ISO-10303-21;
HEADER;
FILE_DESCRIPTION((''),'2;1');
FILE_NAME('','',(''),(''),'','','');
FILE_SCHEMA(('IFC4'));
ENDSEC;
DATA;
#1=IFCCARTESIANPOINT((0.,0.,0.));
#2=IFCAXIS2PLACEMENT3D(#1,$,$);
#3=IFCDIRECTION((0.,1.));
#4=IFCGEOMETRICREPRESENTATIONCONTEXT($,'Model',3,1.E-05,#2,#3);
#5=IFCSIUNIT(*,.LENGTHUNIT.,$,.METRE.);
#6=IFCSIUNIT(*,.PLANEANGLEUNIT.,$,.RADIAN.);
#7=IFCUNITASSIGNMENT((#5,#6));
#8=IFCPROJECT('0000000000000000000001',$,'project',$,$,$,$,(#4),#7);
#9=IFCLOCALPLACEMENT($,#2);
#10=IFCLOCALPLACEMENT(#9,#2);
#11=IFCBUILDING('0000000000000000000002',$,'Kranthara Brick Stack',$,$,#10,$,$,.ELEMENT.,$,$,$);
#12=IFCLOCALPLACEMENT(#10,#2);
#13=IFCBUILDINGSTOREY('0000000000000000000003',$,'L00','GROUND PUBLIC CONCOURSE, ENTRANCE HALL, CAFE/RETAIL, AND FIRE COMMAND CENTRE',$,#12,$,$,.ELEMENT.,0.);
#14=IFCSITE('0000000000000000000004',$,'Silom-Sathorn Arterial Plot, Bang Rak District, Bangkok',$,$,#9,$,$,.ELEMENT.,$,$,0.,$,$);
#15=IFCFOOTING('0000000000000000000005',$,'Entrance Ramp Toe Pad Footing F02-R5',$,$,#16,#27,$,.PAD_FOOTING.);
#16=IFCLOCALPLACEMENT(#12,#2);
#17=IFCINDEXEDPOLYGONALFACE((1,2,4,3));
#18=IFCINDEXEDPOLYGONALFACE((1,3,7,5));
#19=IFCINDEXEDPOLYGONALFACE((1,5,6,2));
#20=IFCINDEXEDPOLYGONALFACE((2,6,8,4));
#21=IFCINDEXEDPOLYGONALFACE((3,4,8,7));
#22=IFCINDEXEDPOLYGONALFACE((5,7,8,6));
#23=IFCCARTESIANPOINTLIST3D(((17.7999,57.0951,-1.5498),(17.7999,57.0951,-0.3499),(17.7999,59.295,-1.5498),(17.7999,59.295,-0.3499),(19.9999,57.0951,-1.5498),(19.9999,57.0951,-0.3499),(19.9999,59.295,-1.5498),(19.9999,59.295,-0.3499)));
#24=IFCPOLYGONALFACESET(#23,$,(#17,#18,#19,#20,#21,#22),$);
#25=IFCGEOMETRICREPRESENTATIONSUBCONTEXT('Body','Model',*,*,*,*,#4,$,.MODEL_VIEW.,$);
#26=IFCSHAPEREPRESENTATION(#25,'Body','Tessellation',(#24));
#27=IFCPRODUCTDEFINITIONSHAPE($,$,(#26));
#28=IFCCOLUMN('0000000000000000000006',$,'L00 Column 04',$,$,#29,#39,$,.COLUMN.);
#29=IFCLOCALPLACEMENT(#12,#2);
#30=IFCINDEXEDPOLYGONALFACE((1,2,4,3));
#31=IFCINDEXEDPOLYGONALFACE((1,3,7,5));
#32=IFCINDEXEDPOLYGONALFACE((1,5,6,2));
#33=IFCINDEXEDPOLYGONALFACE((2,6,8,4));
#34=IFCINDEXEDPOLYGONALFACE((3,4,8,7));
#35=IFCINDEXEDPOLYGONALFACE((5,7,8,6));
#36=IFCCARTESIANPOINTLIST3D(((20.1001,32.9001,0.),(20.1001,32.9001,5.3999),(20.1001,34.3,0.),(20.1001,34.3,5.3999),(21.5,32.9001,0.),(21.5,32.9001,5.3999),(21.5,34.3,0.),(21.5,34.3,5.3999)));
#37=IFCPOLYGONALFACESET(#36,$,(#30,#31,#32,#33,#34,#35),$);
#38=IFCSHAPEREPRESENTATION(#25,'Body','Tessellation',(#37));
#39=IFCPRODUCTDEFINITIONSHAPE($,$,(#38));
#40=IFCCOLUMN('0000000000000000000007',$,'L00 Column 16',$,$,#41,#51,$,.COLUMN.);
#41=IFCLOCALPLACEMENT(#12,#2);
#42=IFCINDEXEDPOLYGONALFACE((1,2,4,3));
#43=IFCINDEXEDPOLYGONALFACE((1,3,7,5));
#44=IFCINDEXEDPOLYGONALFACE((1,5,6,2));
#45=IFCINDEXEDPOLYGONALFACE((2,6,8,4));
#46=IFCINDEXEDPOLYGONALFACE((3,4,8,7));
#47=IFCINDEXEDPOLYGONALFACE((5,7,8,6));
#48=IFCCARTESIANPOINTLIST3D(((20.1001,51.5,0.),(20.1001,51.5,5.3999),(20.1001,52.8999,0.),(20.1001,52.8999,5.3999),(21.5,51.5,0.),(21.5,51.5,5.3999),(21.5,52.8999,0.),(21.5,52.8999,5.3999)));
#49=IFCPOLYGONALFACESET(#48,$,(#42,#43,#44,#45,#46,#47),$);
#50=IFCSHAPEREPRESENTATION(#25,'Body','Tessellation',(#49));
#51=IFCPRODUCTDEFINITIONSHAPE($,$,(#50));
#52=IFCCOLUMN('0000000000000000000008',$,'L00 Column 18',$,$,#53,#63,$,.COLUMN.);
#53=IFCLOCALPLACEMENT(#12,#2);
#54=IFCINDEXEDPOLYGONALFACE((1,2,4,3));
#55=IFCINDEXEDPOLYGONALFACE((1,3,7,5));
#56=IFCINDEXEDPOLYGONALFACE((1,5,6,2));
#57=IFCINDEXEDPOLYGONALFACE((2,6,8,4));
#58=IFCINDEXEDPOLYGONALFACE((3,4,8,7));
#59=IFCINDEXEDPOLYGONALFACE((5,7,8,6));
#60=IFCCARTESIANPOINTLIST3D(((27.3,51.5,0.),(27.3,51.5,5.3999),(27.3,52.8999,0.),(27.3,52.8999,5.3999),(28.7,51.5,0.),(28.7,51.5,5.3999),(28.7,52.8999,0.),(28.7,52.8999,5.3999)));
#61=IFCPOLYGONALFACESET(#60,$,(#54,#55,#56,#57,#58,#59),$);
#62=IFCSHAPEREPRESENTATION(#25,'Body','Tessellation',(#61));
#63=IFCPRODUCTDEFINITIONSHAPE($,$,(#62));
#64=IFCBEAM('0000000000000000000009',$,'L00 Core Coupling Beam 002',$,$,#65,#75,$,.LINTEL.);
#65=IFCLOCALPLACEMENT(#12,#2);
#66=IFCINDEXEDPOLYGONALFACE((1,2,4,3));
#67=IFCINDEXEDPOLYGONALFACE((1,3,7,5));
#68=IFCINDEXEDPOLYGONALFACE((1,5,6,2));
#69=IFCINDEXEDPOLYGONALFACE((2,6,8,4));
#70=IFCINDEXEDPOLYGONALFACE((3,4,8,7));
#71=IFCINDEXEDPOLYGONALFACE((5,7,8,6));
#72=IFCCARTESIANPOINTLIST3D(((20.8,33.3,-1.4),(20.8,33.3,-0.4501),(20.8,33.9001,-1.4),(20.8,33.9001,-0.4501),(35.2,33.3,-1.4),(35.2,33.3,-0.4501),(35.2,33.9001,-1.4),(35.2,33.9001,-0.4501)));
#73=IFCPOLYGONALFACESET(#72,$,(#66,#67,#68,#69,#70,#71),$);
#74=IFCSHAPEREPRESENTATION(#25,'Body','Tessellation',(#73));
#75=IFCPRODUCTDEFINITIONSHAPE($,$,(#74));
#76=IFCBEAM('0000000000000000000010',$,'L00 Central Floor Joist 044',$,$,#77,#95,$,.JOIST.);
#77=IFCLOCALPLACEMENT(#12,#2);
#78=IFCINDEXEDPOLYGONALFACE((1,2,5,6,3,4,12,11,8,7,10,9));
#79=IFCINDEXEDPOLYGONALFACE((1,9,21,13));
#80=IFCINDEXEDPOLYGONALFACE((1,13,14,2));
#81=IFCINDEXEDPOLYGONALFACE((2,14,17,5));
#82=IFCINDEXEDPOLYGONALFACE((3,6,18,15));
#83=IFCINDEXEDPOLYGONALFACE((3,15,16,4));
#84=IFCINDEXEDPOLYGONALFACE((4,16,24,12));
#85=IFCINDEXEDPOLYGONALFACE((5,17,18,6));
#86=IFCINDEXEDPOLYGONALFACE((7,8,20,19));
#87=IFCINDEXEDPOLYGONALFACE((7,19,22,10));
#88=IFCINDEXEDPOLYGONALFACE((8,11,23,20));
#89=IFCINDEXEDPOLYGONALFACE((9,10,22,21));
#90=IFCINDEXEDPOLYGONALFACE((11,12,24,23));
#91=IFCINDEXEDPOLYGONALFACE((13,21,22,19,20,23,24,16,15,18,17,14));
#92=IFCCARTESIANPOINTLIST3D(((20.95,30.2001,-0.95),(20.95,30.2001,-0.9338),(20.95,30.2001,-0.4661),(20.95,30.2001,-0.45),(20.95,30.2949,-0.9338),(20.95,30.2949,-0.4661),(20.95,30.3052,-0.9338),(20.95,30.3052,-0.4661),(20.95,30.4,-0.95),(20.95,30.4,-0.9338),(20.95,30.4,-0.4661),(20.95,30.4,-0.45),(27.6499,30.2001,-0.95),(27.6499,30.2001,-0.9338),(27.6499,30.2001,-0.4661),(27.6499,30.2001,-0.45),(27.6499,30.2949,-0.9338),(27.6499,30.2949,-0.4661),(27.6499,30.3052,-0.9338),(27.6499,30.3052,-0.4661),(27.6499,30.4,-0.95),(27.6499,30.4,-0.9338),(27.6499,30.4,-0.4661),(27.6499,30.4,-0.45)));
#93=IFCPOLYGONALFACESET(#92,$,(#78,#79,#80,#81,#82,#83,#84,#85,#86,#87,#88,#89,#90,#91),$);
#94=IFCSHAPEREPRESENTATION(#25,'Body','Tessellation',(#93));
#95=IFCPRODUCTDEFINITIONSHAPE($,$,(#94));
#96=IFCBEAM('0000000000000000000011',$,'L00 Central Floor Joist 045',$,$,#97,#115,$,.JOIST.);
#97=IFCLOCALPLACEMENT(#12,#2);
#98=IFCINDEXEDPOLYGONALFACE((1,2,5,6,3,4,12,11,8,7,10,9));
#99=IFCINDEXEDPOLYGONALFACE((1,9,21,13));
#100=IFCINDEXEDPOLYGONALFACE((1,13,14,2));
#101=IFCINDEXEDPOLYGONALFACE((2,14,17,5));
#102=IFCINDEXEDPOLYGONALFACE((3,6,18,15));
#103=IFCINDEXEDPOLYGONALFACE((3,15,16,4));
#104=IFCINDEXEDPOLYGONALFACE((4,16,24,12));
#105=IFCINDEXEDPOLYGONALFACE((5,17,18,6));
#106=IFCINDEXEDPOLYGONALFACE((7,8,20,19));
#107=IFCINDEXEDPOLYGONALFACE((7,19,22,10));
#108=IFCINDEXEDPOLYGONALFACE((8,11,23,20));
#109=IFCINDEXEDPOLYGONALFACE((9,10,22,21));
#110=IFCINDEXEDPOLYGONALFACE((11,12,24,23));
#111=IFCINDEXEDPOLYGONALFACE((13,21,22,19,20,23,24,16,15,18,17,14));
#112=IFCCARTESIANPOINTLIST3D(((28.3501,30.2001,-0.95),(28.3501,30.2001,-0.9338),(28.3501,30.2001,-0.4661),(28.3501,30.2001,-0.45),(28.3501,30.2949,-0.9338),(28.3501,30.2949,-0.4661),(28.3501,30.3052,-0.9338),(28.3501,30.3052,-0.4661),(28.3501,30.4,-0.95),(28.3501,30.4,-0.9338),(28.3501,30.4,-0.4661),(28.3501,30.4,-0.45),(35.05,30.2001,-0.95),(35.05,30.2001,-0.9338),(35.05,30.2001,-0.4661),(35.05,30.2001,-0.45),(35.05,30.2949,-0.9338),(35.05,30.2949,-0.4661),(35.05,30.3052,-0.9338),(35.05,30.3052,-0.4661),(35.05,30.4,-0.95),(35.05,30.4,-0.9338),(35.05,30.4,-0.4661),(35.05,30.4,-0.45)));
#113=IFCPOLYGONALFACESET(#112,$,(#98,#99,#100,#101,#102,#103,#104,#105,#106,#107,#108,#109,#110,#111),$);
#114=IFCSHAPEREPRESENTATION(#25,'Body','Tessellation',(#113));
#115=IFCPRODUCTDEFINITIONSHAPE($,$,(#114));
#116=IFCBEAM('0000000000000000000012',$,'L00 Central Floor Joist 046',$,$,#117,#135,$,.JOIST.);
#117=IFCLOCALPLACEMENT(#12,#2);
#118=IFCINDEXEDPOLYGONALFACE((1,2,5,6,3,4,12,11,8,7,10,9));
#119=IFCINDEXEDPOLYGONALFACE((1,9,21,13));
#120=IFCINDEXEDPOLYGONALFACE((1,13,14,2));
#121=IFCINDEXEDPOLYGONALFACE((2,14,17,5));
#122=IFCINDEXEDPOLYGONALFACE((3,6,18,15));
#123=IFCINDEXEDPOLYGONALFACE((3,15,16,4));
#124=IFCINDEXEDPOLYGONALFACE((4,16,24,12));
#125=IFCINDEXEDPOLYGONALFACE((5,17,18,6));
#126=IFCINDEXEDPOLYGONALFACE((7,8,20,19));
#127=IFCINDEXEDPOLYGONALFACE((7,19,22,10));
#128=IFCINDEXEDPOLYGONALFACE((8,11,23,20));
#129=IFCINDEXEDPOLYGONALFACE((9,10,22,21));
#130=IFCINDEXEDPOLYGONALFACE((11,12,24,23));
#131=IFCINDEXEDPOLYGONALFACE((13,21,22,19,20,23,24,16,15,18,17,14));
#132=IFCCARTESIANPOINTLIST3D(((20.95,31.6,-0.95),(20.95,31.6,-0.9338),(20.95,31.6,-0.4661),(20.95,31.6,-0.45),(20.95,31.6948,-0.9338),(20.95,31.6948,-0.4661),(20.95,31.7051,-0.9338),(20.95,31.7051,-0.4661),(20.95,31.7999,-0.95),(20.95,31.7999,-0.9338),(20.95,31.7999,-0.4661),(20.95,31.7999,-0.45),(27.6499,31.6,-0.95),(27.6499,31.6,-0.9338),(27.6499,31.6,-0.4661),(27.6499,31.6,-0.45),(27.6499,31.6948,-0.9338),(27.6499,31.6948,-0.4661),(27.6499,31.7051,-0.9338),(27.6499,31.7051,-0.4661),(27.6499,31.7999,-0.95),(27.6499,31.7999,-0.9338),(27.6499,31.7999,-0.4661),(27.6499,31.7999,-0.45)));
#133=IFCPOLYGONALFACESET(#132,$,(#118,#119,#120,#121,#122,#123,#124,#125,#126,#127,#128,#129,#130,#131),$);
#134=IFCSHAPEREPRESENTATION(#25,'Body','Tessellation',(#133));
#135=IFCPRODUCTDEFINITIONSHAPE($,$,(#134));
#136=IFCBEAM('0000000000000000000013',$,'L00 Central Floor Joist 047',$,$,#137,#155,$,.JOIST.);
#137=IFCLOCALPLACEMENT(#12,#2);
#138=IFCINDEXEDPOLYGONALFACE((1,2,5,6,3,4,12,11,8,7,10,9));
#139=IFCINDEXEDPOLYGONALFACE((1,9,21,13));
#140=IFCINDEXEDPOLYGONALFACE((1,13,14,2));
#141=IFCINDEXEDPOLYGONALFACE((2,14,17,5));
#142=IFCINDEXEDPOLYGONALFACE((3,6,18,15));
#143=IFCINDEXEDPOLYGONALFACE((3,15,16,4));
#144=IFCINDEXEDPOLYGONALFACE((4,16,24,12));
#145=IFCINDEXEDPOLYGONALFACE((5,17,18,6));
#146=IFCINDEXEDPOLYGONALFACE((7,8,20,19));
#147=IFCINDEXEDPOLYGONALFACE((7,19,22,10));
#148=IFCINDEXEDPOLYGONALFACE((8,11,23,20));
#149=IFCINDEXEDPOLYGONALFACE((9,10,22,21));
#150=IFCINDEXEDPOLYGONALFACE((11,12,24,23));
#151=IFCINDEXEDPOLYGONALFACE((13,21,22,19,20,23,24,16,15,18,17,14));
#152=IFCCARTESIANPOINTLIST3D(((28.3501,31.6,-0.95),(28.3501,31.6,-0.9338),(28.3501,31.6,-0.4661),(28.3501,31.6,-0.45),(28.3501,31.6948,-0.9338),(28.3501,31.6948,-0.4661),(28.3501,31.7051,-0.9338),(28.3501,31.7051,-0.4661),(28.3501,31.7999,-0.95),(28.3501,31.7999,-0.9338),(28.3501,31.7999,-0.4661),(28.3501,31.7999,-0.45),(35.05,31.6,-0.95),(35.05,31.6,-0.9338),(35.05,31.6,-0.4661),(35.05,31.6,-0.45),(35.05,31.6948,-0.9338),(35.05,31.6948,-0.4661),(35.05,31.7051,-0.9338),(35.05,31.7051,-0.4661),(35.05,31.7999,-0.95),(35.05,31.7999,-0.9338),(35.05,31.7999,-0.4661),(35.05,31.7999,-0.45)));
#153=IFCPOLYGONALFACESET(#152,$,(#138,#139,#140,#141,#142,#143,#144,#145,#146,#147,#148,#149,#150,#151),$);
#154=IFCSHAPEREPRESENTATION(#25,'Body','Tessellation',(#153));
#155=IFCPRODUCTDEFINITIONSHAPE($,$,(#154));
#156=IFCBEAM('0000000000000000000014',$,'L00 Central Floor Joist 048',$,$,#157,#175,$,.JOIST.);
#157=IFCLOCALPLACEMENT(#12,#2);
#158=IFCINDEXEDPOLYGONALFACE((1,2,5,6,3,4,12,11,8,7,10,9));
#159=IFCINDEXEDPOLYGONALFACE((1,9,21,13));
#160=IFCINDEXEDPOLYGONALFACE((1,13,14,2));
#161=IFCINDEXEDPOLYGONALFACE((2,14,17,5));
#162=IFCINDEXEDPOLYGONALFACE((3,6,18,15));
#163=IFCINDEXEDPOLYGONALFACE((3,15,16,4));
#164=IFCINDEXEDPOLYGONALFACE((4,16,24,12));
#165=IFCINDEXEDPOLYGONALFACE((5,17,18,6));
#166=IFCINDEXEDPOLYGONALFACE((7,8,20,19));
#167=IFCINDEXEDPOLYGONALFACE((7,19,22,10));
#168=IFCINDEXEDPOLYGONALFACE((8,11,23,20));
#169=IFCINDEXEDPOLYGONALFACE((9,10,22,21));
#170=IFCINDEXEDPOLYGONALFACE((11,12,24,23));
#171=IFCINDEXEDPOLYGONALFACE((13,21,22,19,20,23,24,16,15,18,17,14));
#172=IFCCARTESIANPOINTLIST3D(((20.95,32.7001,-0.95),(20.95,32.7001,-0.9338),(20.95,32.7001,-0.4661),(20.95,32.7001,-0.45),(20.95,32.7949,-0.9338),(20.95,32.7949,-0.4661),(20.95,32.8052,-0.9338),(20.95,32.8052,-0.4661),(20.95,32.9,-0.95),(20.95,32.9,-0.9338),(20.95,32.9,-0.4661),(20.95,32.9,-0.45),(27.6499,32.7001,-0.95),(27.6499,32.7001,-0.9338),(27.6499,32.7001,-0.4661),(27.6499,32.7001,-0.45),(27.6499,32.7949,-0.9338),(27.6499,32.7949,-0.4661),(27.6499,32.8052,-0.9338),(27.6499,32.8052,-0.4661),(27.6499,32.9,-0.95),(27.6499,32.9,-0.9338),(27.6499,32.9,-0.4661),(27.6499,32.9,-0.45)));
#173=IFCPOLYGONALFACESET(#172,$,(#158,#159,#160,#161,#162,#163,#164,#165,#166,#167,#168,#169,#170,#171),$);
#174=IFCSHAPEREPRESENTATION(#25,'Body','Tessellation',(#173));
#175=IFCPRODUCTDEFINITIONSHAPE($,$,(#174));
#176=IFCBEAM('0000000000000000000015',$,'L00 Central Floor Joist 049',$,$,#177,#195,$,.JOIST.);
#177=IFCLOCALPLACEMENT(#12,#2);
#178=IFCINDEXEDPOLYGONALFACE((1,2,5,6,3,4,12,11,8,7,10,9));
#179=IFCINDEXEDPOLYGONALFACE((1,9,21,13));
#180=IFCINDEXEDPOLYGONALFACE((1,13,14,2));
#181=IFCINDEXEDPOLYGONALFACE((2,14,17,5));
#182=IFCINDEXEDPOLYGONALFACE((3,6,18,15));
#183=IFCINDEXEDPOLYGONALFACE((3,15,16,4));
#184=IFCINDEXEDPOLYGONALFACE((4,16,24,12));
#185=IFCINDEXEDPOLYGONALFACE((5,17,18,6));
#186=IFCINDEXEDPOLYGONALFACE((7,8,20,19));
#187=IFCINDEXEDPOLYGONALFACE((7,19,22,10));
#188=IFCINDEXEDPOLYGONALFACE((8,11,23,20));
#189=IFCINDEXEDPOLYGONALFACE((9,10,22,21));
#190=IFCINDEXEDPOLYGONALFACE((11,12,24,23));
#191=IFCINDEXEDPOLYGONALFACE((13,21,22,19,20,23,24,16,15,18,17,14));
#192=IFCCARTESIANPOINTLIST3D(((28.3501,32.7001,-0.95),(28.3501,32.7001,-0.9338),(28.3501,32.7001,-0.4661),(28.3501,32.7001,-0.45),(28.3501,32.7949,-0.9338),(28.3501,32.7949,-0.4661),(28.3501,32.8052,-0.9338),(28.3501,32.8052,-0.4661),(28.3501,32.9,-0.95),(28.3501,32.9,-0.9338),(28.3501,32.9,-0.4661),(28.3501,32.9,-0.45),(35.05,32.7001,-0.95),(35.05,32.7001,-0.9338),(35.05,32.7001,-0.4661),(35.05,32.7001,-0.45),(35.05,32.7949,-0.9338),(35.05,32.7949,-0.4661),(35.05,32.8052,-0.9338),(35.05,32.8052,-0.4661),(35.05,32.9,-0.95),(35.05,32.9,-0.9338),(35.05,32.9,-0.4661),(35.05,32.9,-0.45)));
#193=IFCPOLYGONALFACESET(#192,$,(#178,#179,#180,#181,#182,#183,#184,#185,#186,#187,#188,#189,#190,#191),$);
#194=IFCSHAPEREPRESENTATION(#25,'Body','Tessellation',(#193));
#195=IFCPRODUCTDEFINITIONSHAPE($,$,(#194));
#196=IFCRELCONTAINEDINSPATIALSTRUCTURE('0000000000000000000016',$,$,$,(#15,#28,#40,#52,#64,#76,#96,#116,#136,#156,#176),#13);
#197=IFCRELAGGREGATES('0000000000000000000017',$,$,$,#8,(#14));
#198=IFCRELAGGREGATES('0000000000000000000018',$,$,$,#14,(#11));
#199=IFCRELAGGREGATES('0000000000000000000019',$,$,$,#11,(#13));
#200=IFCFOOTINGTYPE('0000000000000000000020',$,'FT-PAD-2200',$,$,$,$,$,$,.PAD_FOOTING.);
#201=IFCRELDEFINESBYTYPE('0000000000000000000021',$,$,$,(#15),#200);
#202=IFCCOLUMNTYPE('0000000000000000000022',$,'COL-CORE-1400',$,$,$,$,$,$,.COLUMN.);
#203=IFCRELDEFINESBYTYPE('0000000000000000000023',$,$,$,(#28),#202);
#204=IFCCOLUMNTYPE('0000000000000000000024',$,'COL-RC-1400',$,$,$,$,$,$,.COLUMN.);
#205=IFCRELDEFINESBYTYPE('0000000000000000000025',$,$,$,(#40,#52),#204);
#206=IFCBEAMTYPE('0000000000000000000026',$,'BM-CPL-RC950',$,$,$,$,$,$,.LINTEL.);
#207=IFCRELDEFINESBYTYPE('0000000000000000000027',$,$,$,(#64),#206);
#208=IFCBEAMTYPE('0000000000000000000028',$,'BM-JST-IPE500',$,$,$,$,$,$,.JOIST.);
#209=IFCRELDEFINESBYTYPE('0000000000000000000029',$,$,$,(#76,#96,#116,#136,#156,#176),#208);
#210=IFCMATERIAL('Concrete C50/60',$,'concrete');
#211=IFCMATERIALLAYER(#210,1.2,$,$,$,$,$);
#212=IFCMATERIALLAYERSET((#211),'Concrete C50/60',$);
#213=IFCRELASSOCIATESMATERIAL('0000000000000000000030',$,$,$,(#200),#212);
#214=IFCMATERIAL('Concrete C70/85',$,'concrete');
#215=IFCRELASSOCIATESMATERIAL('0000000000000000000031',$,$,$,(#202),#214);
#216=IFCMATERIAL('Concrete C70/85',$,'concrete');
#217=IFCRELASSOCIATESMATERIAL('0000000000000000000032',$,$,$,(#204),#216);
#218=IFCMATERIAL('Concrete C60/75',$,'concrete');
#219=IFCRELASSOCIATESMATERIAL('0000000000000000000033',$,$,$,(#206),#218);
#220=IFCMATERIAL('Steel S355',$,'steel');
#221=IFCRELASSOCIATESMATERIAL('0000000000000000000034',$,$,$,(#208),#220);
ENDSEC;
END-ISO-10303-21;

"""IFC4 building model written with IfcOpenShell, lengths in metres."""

from ifc_helpers import new_model, si_unit, direction, frame, origin, origin_2d, place, context, subcontext, project, spatial, rectangle, i_section, extrude, material, layer, layer_set, material_profile, profile_set, type_object, element, save


model = new_model("IFC4")

# Units and contexts
model_context = context("Model", 3, precision=1e-05, world=origin(), true_north=direction((0.0, 1.0)))
body_context = subcontext(model_context, "Body", "Model", "MODEL_VIEW")
ifc_project = project(units=[si_unit("LENGTHUNIT", "METRE"), si_unit("PLANEANGLEUNIT", "RADIAN")], contexts=[model_context])

# Site, building, storey
site_placement = place(None, origin())
site = spatial("IfcSite", under=ifc_project, at=site_placement, Name="Silom-Sathorn Arterial Plot, Bang Rak District, Bangkok", CompositionType="ELEMENT", RefElevation=0.0)
building_placement = place(site_placement, origin())
building = spatial("IfcBuilding", under=site, at=building_placement, Name="Kranthara Brick Stack", CompositionType="ELEMENT")
storey_placement = place(building_placement, origin())
storey = spatial("IfcBuildingStorey", under=building, at=storey_placement, Name="L00", Description="GROUND PUBLIC CONCOURSE, ENTRANCE HALL, CAFE/RETAIL, AND FIRE COMMAND CENTRE", CompositionType="ELEMENT", Elevation=0.0)

# Footing
ifc_material_1 = material(Name="Concrete C50/60", Category="concrete")
ifc_layer_1 = layer(ifc_material_1, 1.2)
ifc_layer_set_1 = layer_set([ifc_layer_1], Name="Concrete C50/60")
footing_type = type_object("IfcFootingType", Name="FT-PAD-2200", PredefinedType="PAD_FOOTING", material=ifc_layer_set_1)
footing_placement = place(storey_placement, frame((18.8999, 58.1951, -1.5498), z_axis=(0.0, 0.0, 1.0), x_axis=(1.0, 0.0, 0.0)))
element("IfcFooting", 1, at=footing_placement, inside=storey, type_object=footing_type, Name="Entrance Ramp Toe Pad Footing F02-R5", PredefinedType="PAD_FOOTING", context=body_context, shape_type="SweptSolid", body=[
    extrude(rectangle(XDim=2.2, YDim=2.2, at=origin_2d()), origin(), (0.0, 0.0, 1.0), 1.2),
])

# Columns
ifc_material_2 = material(Name="Concrete C70/85", Category="concrete")
ifc_material_profile_1 = material_profile(ifc_material_2, rectangle(XDim=1.3999, YDim=1.3999, at=origin_2d()), Name="RC 1400x1400")
ifc_profile_set_1 = profile_set([ifc_material_profile_1], Name="Concrete C70/85")
column_type_1 = type_object("IfcColumnType", Name="COL-CORE-1400", PredefinedType="COLUMN", material=ifc_profile_set_1)
column_placement = place(storey_placement, frame((20.8, 33.6001, 0.0), z_axis=(0.0, 0.0, 1.0), x_axis=(1.0, 0.0, 0.0)))
element("IfcColumn", 2, at=column_placement, inside=storey, type_object=column_type_1, Name="L00 Column 04", PredefinedType="COLUMN", context=body_context, shape_type="SweptSolid", body=[
    extrude(rectangle(XDim=1.3999, YDim=1.3999, at=origin_2d()), origin(), (0.0, 0.0, 1.0), 5.3999),
])
ifc_material_3 = material(Name="Concrete C70/85", Category="concrete")
ifc_material_profile_2 = material_profile(ifc_material_3, rectangle(XDim=1.3999, YDim=1.3999, at=origin_2d()), Name="RC 1400x1400")
ifc_profile_set_2 = profile_set([ifc_material_profile_2], Name="Concrete C70/85")
column_type_2 = type_object("IfcColumnType", Name="COL-RC-1400", PredefinedType="COLUMN", material=ifc_profile_set_2)
for number, where, z_axis, x_axis, name in (
    (3, (20.8, 52.2, 0.0), (0.0, 0.0, 1.0), (1.0, 0.0, 0.0), "L00 Column 16"),
    (4, (28.0, 52.2, 0.0), (0.0, 0.0, 1.0), (1.0, 0.0, 0.0), "L00 Column 18"),
):
    element("IfcColumn", number, at=place(storey_placement, frame(where, z_axis=z_axis, x_axis=x_axis)), inside=storey, type_object=column_type_2, Name=name, PredefinedType="COLUMN", context=body_context, shape_type="SweptSolid", body=[
        extrude(rectangle(XDim=1.3999, YDim=1.3999, at=origin_2d()), origin(), (0.0, 0.0, 1.0), 5.3999),
    ])

# Beams
ifc_material_4 = material(Name="Concrete C60/75", Category="concrete")
ifc_material_profile_3 = material_profile(ifc_material_4, rectangle(XDim=0.6001, YDim=0.95, at=origin_2d()), Name="RC 600x950")
ifc_profile_set_3 = profile_set([ifc_material_profile_3], Name="Concrete C60/75")
beam_type_1 = type_object("IfcBeamType", Name="BM-CPL-RC950", PredefinedType="LINTEL", material=ifc_profile_set_3)
beam_1_placement = place(storey_placement, frame((20.8, 33.6001, -0.925), z_axis=(1.0, 0.0, 0.0), x_axis=(0.0, 1.0, 0.0)))
element("IfcBeam", 5, at=beam_1_placement, inside=storey, type_object=beam_type_1, Name="L00 Core Coupling Beam 002", PredefinedType="LINTEL", context=body_context, shape_type="SweptSolid", body=[
    extrude(rectangle(XDim=0.6001, YDim=0.95, at=origin_2d()), origin(), (0.0, 0.0, 1.0), 14.3999),
])
ifc_material_5 = material(Name="Steel S355", Category="steel")
ifc_material_profile_4 = material_profile(ifc_material_5, i_section(OverallWidth=0.2, OverallDepth=0.5, WebThickness=0.0103, FlangeThickness=0.0161, at=origin_2d()), Name="IPE 500")
ifc_profile_set_4 = profile_set([ifc_material_profile_4], Name="Steel S355")
beam_type_2 = type_object("IfcBeamType", Name="BM-JST-IPE500", PredefinedType="JOIST", material=ifc_profile_set_4)
for number, where, z_axis, x_axis, name in (
    (6, (20.95, 30.3, -0.7), (1.0, 0.0, 0.0), (0.0, 1.0, 0.0), "L00 Central Floor Joist 044"),
    (7, (28.3501, 30.3, -0.7), (1.0, 0.0, 0.0), (0.0, 1.0, 0.0), "L00 Central Floor Joist 045"),
    (8, (20.95, 31.7, -0.7), (1.0, 0.0, 0.0), (0.0, 1.0, 0.0), "L00 Central Floor Joist 046"),
    (9, (28.3501, 31.7, -0.7), (1.0, 0.0, 0.0), (0.0, 1.0, 0.0), "L00 Central Floor Joist 047"),
    (10, (20.95, 32.8, -0.7), (1.0, 0.0, 0.0), (0.0, 1.0, 0.0), "L00 Central Floor Joist 048"),
    (11, (28.3501, 32.8, -0.7), (1.0, 0.0, 0.0), (0.0, 1.0, 0.0), "L00 Central Floor Joist 049"),
):
    element("IfcBeam", number, at=place(storey_placement, frame(where, z_axis=z_axis, x_axis=x_axis)), inside=storey, type_object=beam_type_2, Name=name, PredefinedType="JOIST", context=body_context, shape_type="SweptSolid", body=[
        extrude(i_section(OverallWidth=0.2, OverallDepth=0.5, WebThickness=0.0103, FlangeThickness=0.0161, at=origin_2d()), origin(), (0.0, 0.0, 1.0), 6.7),
    ])

save(model, "model.ifc")
